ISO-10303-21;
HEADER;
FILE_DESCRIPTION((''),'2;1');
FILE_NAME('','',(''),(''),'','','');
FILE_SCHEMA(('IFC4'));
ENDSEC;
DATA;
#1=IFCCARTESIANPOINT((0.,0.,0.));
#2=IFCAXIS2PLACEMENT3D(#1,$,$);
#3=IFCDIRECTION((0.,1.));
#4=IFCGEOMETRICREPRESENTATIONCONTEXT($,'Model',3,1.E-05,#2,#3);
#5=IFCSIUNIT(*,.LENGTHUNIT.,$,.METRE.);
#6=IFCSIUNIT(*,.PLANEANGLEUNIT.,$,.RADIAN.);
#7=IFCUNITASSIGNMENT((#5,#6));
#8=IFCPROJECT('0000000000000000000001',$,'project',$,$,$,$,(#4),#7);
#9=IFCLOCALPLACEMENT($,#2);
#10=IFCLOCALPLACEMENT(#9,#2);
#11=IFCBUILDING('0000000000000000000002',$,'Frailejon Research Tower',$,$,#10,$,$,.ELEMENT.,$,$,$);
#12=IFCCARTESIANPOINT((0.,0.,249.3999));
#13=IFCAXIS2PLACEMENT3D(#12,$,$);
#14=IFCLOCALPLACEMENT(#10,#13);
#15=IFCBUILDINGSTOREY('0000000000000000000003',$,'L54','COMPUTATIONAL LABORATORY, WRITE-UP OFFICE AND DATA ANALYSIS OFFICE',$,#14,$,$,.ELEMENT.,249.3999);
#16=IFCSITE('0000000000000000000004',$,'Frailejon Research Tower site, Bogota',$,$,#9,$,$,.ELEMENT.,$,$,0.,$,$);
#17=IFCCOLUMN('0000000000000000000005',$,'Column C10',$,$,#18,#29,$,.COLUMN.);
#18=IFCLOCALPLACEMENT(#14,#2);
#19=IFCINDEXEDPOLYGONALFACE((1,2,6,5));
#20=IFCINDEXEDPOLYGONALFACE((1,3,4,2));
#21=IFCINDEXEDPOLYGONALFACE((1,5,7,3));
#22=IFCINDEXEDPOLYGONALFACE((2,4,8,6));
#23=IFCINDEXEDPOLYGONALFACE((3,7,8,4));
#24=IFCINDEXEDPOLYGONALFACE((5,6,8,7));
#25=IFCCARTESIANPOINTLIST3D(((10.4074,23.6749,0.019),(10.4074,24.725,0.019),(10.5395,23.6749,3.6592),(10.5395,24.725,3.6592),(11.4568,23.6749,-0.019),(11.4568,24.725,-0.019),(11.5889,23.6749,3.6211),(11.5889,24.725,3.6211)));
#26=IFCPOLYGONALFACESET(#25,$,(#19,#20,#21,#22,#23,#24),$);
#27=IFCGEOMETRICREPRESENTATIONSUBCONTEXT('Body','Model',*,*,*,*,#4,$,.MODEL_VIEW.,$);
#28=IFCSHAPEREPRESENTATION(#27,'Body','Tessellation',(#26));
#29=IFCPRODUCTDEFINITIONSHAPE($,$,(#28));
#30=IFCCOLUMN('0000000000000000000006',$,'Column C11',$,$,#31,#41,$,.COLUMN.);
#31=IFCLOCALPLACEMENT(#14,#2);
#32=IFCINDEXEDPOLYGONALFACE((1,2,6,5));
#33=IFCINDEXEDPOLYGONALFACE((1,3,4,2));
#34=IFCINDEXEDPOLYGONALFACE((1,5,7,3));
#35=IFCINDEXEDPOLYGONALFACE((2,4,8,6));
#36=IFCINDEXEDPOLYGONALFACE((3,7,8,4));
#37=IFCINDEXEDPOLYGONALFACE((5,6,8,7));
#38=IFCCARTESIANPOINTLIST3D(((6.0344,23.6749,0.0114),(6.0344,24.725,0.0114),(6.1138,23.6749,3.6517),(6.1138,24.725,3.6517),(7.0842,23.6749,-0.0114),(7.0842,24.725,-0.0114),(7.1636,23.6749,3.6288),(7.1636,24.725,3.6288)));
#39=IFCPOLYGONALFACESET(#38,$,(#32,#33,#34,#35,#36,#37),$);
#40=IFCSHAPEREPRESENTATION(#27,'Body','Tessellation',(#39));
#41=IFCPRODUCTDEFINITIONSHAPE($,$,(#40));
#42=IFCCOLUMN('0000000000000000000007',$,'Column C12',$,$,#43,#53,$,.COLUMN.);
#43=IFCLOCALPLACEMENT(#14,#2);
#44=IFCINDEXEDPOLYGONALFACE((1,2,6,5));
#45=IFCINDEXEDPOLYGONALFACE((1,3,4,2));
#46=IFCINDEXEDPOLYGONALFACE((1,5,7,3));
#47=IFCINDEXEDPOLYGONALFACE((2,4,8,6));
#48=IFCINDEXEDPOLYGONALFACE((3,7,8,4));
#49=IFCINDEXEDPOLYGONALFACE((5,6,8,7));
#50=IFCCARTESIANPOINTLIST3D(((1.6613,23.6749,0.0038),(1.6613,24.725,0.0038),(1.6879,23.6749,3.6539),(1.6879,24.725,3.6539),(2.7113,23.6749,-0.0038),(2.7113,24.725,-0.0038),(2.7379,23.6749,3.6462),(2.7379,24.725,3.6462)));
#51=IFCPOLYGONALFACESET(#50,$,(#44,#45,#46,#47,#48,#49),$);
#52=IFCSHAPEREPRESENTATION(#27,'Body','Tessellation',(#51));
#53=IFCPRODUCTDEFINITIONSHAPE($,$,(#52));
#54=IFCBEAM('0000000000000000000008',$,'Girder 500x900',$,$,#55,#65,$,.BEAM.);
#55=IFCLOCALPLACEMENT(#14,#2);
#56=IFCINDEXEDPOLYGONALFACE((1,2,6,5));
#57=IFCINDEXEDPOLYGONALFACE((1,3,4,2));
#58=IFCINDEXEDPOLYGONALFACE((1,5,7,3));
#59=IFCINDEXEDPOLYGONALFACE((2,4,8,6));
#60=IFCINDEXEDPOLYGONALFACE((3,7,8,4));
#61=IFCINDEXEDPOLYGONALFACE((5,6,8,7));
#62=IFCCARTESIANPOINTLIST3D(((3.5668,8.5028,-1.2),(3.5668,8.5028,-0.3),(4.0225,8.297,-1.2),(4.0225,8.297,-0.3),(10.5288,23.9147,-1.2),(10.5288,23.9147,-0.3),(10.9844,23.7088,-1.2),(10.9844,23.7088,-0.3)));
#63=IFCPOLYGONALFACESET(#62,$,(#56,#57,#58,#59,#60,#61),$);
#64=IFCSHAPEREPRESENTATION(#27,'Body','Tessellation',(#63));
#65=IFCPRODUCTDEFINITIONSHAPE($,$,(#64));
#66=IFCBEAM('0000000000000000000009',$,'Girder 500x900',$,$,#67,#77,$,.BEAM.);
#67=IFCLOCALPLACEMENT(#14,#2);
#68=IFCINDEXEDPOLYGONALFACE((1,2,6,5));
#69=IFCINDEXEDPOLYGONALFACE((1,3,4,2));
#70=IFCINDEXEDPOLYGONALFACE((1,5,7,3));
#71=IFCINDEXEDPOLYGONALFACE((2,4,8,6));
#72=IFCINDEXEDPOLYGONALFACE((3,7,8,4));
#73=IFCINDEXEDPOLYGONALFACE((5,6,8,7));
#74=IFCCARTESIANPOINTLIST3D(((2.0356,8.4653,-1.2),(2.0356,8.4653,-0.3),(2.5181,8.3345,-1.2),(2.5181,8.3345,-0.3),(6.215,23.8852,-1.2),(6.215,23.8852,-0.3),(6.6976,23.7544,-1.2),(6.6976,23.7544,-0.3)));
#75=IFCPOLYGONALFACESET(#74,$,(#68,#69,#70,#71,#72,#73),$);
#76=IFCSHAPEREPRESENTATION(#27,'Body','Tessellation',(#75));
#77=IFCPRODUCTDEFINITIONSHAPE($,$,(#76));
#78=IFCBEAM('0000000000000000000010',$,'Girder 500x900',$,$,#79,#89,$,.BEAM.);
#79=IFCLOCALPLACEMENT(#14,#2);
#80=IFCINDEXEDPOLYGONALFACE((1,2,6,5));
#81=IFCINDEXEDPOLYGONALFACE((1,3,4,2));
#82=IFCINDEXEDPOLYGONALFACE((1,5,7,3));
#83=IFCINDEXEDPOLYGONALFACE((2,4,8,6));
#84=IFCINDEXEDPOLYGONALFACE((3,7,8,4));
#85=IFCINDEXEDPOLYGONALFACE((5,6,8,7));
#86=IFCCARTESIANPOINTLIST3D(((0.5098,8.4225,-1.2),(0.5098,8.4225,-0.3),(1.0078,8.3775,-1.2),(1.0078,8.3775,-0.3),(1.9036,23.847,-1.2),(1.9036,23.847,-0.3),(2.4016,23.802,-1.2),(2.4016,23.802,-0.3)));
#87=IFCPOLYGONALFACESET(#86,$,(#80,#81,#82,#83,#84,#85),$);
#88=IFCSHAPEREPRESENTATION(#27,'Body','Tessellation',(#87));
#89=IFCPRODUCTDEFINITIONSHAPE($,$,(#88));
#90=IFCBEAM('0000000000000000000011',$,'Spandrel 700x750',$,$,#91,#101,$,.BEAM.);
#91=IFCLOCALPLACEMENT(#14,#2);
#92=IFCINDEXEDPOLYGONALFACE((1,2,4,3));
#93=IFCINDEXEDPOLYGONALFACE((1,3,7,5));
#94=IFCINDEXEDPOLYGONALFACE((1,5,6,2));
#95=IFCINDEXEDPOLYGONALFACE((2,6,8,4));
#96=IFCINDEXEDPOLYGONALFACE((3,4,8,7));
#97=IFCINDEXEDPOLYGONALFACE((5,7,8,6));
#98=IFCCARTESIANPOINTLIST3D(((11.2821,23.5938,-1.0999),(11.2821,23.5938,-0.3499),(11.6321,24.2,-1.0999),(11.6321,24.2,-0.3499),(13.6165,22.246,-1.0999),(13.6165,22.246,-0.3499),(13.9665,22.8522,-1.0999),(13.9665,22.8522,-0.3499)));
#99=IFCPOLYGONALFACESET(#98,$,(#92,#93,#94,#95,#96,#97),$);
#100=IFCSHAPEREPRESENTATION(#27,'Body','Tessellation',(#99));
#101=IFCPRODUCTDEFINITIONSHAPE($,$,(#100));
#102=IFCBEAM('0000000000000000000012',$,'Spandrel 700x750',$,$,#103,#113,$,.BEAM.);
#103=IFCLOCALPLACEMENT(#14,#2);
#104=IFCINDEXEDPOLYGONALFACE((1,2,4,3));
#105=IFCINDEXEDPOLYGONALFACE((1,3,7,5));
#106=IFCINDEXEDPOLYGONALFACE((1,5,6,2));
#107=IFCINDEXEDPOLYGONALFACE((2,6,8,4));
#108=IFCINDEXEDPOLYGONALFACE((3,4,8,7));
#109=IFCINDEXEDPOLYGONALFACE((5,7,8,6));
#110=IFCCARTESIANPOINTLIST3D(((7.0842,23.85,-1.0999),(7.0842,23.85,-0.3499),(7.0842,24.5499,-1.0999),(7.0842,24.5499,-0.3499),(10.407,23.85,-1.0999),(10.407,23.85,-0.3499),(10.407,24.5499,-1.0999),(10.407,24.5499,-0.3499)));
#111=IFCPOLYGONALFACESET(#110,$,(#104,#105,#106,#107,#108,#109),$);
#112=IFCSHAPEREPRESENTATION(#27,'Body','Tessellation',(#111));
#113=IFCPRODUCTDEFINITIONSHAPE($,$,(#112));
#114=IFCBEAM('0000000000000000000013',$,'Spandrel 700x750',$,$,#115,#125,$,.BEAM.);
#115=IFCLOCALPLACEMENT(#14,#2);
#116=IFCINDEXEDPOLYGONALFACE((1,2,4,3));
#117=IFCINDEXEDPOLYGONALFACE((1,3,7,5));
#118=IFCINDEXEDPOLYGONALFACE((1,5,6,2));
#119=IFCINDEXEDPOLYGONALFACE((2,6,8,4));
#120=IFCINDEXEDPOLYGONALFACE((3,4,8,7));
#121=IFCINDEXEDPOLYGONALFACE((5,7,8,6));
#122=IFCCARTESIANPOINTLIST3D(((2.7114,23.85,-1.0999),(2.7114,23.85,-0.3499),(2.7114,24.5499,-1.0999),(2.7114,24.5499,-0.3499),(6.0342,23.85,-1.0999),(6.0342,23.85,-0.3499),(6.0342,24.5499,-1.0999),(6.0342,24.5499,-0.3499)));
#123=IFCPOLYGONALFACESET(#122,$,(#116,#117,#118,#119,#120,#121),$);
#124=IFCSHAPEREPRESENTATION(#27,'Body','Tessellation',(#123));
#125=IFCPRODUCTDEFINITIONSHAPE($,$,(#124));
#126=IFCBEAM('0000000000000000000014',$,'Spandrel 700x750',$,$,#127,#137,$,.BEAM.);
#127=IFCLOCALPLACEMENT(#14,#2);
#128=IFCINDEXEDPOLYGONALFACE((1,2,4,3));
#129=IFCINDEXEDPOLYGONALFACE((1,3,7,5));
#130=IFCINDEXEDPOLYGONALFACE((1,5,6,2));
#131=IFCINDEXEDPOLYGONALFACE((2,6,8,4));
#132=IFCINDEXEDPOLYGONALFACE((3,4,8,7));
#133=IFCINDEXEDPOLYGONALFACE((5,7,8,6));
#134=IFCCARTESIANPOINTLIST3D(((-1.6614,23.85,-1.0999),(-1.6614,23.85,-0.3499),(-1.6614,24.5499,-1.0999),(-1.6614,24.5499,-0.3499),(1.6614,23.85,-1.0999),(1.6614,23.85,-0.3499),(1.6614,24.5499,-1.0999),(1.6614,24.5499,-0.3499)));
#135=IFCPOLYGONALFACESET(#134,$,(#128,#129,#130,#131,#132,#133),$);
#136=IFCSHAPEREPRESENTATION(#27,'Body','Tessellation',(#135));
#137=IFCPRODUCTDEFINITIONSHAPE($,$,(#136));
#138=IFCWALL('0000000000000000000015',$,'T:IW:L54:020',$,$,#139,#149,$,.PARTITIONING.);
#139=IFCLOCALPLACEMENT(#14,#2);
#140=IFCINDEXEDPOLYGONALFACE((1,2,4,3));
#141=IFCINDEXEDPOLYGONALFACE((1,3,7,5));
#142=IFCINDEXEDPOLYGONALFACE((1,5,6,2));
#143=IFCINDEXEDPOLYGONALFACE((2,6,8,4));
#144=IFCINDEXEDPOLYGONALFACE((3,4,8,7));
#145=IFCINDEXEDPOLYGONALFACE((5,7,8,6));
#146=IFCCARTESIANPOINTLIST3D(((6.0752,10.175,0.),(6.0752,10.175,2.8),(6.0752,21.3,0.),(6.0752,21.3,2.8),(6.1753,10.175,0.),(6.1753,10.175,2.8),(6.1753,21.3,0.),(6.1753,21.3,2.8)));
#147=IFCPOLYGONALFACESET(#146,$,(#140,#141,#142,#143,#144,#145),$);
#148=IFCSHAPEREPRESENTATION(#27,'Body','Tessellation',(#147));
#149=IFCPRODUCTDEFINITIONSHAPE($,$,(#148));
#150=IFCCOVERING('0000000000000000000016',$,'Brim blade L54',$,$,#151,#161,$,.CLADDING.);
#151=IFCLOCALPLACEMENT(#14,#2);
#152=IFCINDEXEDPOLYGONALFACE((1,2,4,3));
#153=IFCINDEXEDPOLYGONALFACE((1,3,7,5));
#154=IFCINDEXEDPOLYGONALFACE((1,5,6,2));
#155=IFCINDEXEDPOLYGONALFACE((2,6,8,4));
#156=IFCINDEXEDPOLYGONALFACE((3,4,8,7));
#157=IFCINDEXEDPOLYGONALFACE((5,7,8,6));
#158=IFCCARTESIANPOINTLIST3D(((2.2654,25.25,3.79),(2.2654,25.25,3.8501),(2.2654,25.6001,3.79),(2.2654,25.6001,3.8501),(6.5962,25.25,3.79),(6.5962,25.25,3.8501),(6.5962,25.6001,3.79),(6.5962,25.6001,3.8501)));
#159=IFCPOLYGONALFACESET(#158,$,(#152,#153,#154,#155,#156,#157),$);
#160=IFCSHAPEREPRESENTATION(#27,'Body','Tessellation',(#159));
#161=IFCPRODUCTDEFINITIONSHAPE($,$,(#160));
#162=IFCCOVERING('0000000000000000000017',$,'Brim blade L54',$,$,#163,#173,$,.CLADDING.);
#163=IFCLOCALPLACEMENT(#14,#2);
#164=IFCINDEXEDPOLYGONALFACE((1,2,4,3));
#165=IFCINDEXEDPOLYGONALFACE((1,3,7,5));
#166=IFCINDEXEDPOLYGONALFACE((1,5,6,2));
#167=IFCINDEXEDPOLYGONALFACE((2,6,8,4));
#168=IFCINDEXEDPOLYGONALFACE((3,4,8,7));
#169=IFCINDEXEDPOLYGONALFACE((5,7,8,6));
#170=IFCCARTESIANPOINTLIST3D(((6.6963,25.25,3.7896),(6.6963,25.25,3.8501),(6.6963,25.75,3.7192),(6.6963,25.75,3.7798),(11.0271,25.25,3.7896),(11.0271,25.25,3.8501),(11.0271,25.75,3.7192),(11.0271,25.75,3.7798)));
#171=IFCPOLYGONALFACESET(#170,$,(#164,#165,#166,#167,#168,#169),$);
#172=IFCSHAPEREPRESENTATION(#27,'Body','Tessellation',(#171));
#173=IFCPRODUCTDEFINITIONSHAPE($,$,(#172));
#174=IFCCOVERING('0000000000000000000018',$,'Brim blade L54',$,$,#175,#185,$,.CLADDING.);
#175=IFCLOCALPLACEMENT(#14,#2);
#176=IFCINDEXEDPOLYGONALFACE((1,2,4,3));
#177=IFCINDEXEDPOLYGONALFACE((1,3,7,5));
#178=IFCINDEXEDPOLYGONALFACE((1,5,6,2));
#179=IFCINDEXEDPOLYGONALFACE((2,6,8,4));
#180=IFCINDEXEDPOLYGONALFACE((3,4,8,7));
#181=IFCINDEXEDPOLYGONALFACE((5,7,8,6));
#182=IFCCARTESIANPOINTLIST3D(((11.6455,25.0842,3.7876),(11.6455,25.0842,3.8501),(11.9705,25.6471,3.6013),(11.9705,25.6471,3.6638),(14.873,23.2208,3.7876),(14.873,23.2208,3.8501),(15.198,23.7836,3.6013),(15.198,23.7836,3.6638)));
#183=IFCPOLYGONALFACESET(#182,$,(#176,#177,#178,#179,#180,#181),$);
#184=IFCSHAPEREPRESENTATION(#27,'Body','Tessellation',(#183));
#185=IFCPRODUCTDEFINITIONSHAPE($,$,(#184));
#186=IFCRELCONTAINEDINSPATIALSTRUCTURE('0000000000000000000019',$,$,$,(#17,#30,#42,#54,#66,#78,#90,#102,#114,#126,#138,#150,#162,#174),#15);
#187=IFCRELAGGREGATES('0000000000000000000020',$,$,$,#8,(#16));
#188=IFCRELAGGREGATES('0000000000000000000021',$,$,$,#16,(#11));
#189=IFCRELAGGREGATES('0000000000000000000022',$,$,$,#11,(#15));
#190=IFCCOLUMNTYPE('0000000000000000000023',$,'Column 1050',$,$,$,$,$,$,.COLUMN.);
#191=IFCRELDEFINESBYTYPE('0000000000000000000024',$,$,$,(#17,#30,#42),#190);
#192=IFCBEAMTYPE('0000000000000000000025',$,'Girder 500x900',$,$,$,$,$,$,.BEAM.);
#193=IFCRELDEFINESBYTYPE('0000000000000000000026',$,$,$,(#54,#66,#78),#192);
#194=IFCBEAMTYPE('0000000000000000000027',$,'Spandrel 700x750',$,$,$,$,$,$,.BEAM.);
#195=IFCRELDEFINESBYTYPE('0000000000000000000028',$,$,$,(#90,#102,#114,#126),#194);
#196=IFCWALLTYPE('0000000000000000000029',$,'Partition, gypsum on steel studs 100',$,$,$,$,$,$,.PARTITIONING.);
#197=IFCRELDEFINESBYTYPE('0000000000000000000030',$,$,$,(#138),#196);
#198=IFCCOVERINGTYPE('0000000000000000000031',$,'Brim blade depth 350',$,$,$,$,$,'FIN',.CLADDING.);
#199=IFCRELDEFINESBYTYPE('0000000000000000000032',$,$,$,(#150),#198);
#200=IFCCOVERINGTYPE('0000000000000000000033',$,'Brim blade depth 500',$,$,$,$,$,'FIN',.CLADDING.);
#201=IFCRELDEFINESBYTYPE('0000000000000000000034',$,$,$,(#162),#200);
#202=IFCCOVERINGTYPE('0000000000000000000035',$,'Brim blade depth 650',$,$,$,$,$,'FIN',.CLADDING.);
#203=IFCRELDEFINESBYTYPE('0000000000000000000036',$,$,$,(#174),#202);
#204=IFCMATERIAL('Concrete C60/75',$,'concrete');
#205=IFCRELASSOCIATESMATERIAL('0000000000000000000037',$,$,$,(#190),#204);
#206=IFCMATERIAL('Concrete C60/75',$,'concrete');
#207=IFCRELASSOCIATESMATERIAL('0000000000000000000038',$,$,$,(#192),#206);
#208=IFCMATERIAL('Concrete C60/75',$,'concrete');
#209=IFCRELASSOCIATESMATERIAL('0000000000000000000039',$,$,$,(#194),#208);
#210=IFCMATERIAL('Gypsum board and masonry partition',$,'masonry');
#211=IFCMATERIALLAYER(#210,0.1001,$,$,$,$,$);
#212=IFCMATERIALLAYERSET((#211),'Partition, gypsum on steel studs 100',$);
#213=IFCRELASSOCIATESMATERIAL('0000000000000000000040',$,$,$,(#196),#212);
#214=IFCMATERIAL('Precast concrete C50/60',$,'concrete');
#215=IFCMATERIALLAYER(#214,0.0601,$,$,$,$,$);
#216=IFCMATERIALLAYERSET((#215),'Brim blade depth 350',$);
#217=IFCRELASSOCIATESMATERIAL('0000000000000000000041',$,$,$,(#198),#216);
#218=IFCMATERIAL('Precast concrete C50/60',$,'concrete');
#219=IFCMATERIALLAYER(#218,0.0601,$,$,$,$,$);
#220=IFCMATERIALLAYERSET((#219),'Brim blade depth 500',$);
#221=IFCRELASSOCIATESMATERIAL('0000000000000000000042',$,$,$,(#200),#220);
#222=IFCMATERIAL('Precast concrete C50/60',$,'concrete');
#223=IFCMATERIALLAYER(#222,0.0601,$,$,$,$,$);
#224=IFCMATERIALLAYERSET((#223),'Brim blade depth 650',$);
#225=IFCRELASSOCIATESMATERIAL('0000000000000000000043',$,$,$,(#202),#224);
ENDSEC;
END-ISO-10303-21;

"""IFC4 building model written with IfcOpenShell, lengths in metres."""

from ifc_helpers import new_model, si_unit, direction, frame, frame_2d, origin, origin_2d, place, context, subcontext, project, spatial, polyline, rectangle, outline, extrude, material, layer, layer_set, material_profile, profile_set, type_object, element, save


model = new_model("IFC4")

# Units and contexts
model_context = context("Model", 3, precision=1e-05, world=origin(), true_north=direction((0.0, 1.0)))
body_context = subcontext(model_context, "Body", "Model", "MODEL_VIEW")
ifc_project = project(units=[si_unit("LENGTHUNIT", "METRE"), si_unit("PLANEANGLEUNIT", "RADIAN")], contexts=[model_context])

# Site, building, storey
site_placement = place(None, origin())
site = spatial("IfcSite", under=ifc_project, at=site_placement, Name="Frailejon Research Tower site, Bogota", CompositionType="ELEMENT", RefElevation=0.0)
building_placement = place(site_placement, origin())
building = spatial("IfcBuilding", under=site, at=building_placement, Name="Frailejon Research Tower", CompositionType="ELEMENT")
storey_placement = place(building_placement, frame((0.0, 0.0, 249.3999)))
storey = spatial("IfcBuildingStorey", under=building, at=storey_placement, Name="L54", Description="COMPUTATIONAL LABORATORY, WRITE-UP OFFICE AND DATA ANALYSIS OFFICE", CompositionType="ELEMENT", Elevation=249.3999)

# Columns
ifc_material_1 = material(Name="Concrete C60/75", Category="concrete")
ifc_material_profile_1 = material_profile(ifc_material_1, rectangle(XDim=1.05, YDim=1.05, at=origin_2d()), Name="Column 1050")
ifc_profile_set_1 = profile_set([ifc_material_profile_1], Name="Concrete C60/75")
column_type = type_object("IfcColumnType", Name="Column 1050", PredefinedType="COLUMN", material=ifc_profile_set_1)
column_1_placement = place(storey_placement, frame((10.9321, 24.2, 0.0), z_axis=(0.036261, 0.0, 0.999342), x_axis=(-0.999342, 0.0, 0.036261)))
element("IfcColumn", 1, at=column_1_placement, inside=storey, type_object=column_type, Name="Column C10", PredefinedType="COLUMN", context=body_context, shape_type="SweptSolid", body=[
    extrude(rectangle(XDim=1.05, YDim=1.05, at=origin_2d()), origin(), (0.0, 0.0, 1.0), 3.6426),
])
column_2_placement = place(storey_placement, frame((6.5593, 24.2, 0.0), z_axis=(0.021792, 0.0, 0.999763), x_axis=(-0.999763, 0.0, 0.021792)))
element("IfcColumn", 2, at=column_2_placement, inside=storey, type_object=column_type, Name="Column C11", PredefinedType="COLUMN", context=body_context, shape_type="SweptSolid", body=[
    extrude(rectangle(XDim=1.05, YDim=1.05, at=origin_2d()), origin(), (0.0, 0.0, 1.0), 3.6411),
])
column_3_placement = place(storey_placement, frame((2.1863, 24.2, 0.0), z_axis=(0.00729, 0.0, 0.999973), x_axis=(-0.999973, 0.0, 0.00729)))
element("IfcColumn", 3, at=column_3_placement, inside=storey, type_object=column_type, Name="Column C12", PredefinedType="COLUMN", context=body_context, shape_type="SweptSolid", body=[
    extrude(rectangle(XDim=1.05, YDim=1.05, at=origin_2d()), origin(), (0.0, 0.0, 1.0), 3.6501),
])

# Beams
ifc_material_2 = material(Name="Concrete C60/75", Category="concrete")
ifc_material_profile_2 = material_profile(ifc_material_2, rectangle(XDim=0.5, YDim=0.8999, at=origin_2d()), Name="Girder 500x900")
ifc_profile_set_2 = profile_set([ifc_material_profile_2], Name="Concrete C60/75")
beam_type_1 = type_object("IfcBeamType", Name="Girder 500x900", PredefinedType="BEAM", material=ifc_profile_set_2)
beam_1_placement = place(storey_placement, frame((10.7566, 23.8118, -0.75), z_axis=(-0.411671, -0.911333, 0.0), x_axis=(0.911333, -0.411671, 0.0)))
element("IfcBeam", 4, at=beam_1_placement, inside=storey, type_object=beam_type_1, Name="Girder 500x900", PredefinedType="BEAM", context=body_context, shape_type="SweptSolid", body=[
    extrude(rectangle(XDim=0.5, YDim=0.8999, at=origin_2d()), origin(), (0.0, 0.0, 1.0), 16.9114),
])
beam_2_placement = place(storey_placement, frame((6.4563, 23.8198, -0.75), z_axis=(-0.261603, -0.965176, 0.0), x_axis=(0.965176, -0.261603, 0.0)))
element("IfcBeam", 5, at=beam_2_placement, inside=storey, type_object=beam_type_1, Name="Girder 500x900", PredefinedType="BEAM", context=body_context, shape_type="SweptSolid", body=[
    extrude(rectangle(XDim=0.5, YDim=0.8999, at=origin_2d()), origin(), (0.0, 0.0, 1.0), 15.9763),
])
beam_3_placement = place(storey_placement, frame((2.1526, 23.8245, -0.75), z_axis=(-0.089996, -0.995942, 0.0), x_axis=(0.995942, -0.089996, 0.0)))
element("IfcBeam", 6, at=beam_3_placement, inside=storey, type_object=beam_type_1, Name="Girder 500x900", PredefinedType="BEAM", context=body_context, shape_type="SweptSolid", body=[
    extrude(rectangle(XDim=0.5, YDim=0.8999, at=origin_2d()), origin(), (0.0, 0.0, 1.0), 15.4873),
])
ifc_material_3 = material(Name="Concrete C60/75", Category="concrete")
ifc_material_profile_3 = material_profile(ifc_material_3, rectangle(XDim=0.7, YDim=0.75, at=origin_2d()), Name="Spandrel 700x750")
ifc_profile_set_3 = profile_set([ifc_material_profile_3], Name="Concrete C60/75")
beam_type_2 = type_object("IfcBeamType", Name="Spandrel 700x750", PredefinedType="BEAM", material=ifc_profile_set_3)
beam_4_placement = place(storey_placement, frame((13.7915, 22.5491, -0.7249), z_axis=(-0.866011, 0.500026, 0.0), x_axis=(-0.500026, -0.866011, 0.0)))
element("IfcBeam", 7, at=beam_4_placement, inside=storey, type_object=beam_type_2, Name="Spandrel 700x750", PredefinedType="BEAM", context=body_context, shape_type="SweptSolid", body=[
    extrude(rectangle(XDim=0.7, YDim=0.75, at=origin_2d()), origin(), (0.0, 0.0, 1.0), 2.6956),
])
for number, where, z_axis, x_axis, name in (
    (8, (10.407, 24.2, -0.7249), (-1.0, 0.0, 0.0), (0.0, -1.0, 0.0), "Spandrel 700x750"),
    (9, (6.0342, 24.2, -0.7249), (-1.0, 0.0, 0.0), (0.0, -1.0, 0.0), "Spandrel 700x750"),
    (10, (1.6614, 24.2, -0.7249), (-1.0, 0.0, 0.0), (0.0, -1.0, 0.0), "Spandrel 700x750"),
):
    element("IfcBeam", number, at=place(storey_placement, frame(where, z_axis=z_axis, x_axis=x_axis)), inside=storey, type_object=beam_type_2, Name=name, PredefinedType="BEAM", context=body_context, shape_type="SweptSolid", body=[
        extrude(rectangle(XDim=0.7, YDim=0.75, at=origin_2d()), origin(), (0.0, 0.0, 1.0), 3.3228),
    ])

# Wall
ifc_material_4 = material(Name="Gypsum board and masonry partition", Category="masonry")
ifc_layer_1 = layer(ifc_material_4, 0.1001)
ifc_layer_set_1 = layer_set([ifc_layer_1], Name="Partition, gypsum on steel studs 100")
wall_type_1 = type_object("IfcWallType", Name="Partition, gypsum on steel studs 100", PredefinedType="PARTITIONING", material=ifc_layer_set_1)
wall_1_placement = place(storey_placement, frame((6.1252, 10.175, 0.0), z_axis=(0.0, 0.0, 1.0), x_axis=(0.0, 1.0, 0.0)))
element("IfcWall", 11, at=wall_1_placement, inside=storey, type_object=wall_type_1, Name="T:IW:L54:020", PredefinedType="PARTITIONING", context=body_context, shape_type="SweptSolid", body=[
    extrude(rectangle(XDim=11.125, YDim=0.1001, at=frame_2d((5.5625, 0.0))), origin(), (0.0, 0.0, 1.0), 2.8),
])

# Coverings
ifc_material_5 = material(Name="Precast concrete C50/60", Category="concrete")
ifc_layer_2 = layer(ifc_material_5, 0.0601)
ifc_layer_set_2 = layer_set([ifc_layer_2], Name="Brim blade depth 350")
covering_type_1 = type_object("IfcCoveringType", Name="Brim blade depth 350", ElementType="FIN", PredefinedType="CLADDING", material=ifc_layer_set_2)
covering_1_placement = place(storey_placement, frame((2.2654, 25.25, 3.8501), z_axis=(1.0, 0.0, 0.0), x_axis=(0.0, 1.0, 0.0)))
element("IfcCovering", 12, at=covering_1_placement, inside=storey, type_object=covering_type_1, Name="Brim blade L54", PredefinedType="CLADDING", context=body_context, shape_type="SweptSolid", body=[
    extrude(outline(polyline([(0.0, -0.0601), (0.3501, -0.0601), (0.3501, 0.0), (0.0, 0.0), (0.0, -0.0601)])), origin(), (0.0, 0.0, 1.0), 4.3308),
])
ifc_material_6 = material(Name="Precast concrete C50/60", Category="concrete")
ifc_layer_3 = layer(ifc_material_6, 0.0601)
ifc_layer_set_3 = layer_set([ifc_layer_3], Name="Brim blade depth 500")
covering_type_2 = type_object("IfcCoveringType", Name="Brim blade depth 500", ElementType="FIN", PredefinedType="CLADDING", material=ifc_layer_set_3)
covering_2_placement = place(storey_placement, frame((6.6963, 25.25, 3.8501), z_axis=(1.0, 0.0, 0.0), x_axis=(0.0, 1.0, 0.0)))
element("IfcCovering", 13, at=covering_2_placement, inside=storey, type_object=covering_type_2, Name="Brim blade L54", PredefinedType="CLADDING", context=body_context, shape_type="SweptSolid", body=[
    extrude(outline(polyline([(0.0, -0.0605), (0.5, -0.1309), (0.5, -0.0703), (0.0, 0.0), (0.0, -0.0605)])), origin(), (0.0, 0.0, 1.0), 4.3308),
])
ifc_material_7 = material(Name="Precast concrete C50/60", Category="concrete")
ifc_layer_4 = layer(ifc_material_7, 0.0601)
ifc_layer_set_4 = layer_set([ifc_layer_4], Name="Brim blade depth 650")
covering_type_3 = type_object("IfcCoveringType", Name="Brim blade depth 650", ElementType="FIN", PredefinedType="CLADDING", material=ifc_layer_set_4)
covering_3_placement = place(storey_placement, frame((11.6455, 25.0842, 3.8501), z_axis=(0.866018, -0.500012, 0.0), x_axis=(0.500012, 0.866018, 0.0)))
element("IfcCovering", 14, at=covering_3_placement, inside=storey, type_object=covering_type_3, Name="Brim blade L54", PredefinedType="CLADDING", context=body_context, shape_type="SweptSolid", body=[
    extrude(outline(polyline([(0.0, -0.0625), (0.6499, -0.2488), (0.6499, -0.1863), (0.0, 0.0), (0.0, -0.0625)])), origin(), (0.0, 0.0, 1.0), 3.7268),
])

save(model, "model.ifc")
